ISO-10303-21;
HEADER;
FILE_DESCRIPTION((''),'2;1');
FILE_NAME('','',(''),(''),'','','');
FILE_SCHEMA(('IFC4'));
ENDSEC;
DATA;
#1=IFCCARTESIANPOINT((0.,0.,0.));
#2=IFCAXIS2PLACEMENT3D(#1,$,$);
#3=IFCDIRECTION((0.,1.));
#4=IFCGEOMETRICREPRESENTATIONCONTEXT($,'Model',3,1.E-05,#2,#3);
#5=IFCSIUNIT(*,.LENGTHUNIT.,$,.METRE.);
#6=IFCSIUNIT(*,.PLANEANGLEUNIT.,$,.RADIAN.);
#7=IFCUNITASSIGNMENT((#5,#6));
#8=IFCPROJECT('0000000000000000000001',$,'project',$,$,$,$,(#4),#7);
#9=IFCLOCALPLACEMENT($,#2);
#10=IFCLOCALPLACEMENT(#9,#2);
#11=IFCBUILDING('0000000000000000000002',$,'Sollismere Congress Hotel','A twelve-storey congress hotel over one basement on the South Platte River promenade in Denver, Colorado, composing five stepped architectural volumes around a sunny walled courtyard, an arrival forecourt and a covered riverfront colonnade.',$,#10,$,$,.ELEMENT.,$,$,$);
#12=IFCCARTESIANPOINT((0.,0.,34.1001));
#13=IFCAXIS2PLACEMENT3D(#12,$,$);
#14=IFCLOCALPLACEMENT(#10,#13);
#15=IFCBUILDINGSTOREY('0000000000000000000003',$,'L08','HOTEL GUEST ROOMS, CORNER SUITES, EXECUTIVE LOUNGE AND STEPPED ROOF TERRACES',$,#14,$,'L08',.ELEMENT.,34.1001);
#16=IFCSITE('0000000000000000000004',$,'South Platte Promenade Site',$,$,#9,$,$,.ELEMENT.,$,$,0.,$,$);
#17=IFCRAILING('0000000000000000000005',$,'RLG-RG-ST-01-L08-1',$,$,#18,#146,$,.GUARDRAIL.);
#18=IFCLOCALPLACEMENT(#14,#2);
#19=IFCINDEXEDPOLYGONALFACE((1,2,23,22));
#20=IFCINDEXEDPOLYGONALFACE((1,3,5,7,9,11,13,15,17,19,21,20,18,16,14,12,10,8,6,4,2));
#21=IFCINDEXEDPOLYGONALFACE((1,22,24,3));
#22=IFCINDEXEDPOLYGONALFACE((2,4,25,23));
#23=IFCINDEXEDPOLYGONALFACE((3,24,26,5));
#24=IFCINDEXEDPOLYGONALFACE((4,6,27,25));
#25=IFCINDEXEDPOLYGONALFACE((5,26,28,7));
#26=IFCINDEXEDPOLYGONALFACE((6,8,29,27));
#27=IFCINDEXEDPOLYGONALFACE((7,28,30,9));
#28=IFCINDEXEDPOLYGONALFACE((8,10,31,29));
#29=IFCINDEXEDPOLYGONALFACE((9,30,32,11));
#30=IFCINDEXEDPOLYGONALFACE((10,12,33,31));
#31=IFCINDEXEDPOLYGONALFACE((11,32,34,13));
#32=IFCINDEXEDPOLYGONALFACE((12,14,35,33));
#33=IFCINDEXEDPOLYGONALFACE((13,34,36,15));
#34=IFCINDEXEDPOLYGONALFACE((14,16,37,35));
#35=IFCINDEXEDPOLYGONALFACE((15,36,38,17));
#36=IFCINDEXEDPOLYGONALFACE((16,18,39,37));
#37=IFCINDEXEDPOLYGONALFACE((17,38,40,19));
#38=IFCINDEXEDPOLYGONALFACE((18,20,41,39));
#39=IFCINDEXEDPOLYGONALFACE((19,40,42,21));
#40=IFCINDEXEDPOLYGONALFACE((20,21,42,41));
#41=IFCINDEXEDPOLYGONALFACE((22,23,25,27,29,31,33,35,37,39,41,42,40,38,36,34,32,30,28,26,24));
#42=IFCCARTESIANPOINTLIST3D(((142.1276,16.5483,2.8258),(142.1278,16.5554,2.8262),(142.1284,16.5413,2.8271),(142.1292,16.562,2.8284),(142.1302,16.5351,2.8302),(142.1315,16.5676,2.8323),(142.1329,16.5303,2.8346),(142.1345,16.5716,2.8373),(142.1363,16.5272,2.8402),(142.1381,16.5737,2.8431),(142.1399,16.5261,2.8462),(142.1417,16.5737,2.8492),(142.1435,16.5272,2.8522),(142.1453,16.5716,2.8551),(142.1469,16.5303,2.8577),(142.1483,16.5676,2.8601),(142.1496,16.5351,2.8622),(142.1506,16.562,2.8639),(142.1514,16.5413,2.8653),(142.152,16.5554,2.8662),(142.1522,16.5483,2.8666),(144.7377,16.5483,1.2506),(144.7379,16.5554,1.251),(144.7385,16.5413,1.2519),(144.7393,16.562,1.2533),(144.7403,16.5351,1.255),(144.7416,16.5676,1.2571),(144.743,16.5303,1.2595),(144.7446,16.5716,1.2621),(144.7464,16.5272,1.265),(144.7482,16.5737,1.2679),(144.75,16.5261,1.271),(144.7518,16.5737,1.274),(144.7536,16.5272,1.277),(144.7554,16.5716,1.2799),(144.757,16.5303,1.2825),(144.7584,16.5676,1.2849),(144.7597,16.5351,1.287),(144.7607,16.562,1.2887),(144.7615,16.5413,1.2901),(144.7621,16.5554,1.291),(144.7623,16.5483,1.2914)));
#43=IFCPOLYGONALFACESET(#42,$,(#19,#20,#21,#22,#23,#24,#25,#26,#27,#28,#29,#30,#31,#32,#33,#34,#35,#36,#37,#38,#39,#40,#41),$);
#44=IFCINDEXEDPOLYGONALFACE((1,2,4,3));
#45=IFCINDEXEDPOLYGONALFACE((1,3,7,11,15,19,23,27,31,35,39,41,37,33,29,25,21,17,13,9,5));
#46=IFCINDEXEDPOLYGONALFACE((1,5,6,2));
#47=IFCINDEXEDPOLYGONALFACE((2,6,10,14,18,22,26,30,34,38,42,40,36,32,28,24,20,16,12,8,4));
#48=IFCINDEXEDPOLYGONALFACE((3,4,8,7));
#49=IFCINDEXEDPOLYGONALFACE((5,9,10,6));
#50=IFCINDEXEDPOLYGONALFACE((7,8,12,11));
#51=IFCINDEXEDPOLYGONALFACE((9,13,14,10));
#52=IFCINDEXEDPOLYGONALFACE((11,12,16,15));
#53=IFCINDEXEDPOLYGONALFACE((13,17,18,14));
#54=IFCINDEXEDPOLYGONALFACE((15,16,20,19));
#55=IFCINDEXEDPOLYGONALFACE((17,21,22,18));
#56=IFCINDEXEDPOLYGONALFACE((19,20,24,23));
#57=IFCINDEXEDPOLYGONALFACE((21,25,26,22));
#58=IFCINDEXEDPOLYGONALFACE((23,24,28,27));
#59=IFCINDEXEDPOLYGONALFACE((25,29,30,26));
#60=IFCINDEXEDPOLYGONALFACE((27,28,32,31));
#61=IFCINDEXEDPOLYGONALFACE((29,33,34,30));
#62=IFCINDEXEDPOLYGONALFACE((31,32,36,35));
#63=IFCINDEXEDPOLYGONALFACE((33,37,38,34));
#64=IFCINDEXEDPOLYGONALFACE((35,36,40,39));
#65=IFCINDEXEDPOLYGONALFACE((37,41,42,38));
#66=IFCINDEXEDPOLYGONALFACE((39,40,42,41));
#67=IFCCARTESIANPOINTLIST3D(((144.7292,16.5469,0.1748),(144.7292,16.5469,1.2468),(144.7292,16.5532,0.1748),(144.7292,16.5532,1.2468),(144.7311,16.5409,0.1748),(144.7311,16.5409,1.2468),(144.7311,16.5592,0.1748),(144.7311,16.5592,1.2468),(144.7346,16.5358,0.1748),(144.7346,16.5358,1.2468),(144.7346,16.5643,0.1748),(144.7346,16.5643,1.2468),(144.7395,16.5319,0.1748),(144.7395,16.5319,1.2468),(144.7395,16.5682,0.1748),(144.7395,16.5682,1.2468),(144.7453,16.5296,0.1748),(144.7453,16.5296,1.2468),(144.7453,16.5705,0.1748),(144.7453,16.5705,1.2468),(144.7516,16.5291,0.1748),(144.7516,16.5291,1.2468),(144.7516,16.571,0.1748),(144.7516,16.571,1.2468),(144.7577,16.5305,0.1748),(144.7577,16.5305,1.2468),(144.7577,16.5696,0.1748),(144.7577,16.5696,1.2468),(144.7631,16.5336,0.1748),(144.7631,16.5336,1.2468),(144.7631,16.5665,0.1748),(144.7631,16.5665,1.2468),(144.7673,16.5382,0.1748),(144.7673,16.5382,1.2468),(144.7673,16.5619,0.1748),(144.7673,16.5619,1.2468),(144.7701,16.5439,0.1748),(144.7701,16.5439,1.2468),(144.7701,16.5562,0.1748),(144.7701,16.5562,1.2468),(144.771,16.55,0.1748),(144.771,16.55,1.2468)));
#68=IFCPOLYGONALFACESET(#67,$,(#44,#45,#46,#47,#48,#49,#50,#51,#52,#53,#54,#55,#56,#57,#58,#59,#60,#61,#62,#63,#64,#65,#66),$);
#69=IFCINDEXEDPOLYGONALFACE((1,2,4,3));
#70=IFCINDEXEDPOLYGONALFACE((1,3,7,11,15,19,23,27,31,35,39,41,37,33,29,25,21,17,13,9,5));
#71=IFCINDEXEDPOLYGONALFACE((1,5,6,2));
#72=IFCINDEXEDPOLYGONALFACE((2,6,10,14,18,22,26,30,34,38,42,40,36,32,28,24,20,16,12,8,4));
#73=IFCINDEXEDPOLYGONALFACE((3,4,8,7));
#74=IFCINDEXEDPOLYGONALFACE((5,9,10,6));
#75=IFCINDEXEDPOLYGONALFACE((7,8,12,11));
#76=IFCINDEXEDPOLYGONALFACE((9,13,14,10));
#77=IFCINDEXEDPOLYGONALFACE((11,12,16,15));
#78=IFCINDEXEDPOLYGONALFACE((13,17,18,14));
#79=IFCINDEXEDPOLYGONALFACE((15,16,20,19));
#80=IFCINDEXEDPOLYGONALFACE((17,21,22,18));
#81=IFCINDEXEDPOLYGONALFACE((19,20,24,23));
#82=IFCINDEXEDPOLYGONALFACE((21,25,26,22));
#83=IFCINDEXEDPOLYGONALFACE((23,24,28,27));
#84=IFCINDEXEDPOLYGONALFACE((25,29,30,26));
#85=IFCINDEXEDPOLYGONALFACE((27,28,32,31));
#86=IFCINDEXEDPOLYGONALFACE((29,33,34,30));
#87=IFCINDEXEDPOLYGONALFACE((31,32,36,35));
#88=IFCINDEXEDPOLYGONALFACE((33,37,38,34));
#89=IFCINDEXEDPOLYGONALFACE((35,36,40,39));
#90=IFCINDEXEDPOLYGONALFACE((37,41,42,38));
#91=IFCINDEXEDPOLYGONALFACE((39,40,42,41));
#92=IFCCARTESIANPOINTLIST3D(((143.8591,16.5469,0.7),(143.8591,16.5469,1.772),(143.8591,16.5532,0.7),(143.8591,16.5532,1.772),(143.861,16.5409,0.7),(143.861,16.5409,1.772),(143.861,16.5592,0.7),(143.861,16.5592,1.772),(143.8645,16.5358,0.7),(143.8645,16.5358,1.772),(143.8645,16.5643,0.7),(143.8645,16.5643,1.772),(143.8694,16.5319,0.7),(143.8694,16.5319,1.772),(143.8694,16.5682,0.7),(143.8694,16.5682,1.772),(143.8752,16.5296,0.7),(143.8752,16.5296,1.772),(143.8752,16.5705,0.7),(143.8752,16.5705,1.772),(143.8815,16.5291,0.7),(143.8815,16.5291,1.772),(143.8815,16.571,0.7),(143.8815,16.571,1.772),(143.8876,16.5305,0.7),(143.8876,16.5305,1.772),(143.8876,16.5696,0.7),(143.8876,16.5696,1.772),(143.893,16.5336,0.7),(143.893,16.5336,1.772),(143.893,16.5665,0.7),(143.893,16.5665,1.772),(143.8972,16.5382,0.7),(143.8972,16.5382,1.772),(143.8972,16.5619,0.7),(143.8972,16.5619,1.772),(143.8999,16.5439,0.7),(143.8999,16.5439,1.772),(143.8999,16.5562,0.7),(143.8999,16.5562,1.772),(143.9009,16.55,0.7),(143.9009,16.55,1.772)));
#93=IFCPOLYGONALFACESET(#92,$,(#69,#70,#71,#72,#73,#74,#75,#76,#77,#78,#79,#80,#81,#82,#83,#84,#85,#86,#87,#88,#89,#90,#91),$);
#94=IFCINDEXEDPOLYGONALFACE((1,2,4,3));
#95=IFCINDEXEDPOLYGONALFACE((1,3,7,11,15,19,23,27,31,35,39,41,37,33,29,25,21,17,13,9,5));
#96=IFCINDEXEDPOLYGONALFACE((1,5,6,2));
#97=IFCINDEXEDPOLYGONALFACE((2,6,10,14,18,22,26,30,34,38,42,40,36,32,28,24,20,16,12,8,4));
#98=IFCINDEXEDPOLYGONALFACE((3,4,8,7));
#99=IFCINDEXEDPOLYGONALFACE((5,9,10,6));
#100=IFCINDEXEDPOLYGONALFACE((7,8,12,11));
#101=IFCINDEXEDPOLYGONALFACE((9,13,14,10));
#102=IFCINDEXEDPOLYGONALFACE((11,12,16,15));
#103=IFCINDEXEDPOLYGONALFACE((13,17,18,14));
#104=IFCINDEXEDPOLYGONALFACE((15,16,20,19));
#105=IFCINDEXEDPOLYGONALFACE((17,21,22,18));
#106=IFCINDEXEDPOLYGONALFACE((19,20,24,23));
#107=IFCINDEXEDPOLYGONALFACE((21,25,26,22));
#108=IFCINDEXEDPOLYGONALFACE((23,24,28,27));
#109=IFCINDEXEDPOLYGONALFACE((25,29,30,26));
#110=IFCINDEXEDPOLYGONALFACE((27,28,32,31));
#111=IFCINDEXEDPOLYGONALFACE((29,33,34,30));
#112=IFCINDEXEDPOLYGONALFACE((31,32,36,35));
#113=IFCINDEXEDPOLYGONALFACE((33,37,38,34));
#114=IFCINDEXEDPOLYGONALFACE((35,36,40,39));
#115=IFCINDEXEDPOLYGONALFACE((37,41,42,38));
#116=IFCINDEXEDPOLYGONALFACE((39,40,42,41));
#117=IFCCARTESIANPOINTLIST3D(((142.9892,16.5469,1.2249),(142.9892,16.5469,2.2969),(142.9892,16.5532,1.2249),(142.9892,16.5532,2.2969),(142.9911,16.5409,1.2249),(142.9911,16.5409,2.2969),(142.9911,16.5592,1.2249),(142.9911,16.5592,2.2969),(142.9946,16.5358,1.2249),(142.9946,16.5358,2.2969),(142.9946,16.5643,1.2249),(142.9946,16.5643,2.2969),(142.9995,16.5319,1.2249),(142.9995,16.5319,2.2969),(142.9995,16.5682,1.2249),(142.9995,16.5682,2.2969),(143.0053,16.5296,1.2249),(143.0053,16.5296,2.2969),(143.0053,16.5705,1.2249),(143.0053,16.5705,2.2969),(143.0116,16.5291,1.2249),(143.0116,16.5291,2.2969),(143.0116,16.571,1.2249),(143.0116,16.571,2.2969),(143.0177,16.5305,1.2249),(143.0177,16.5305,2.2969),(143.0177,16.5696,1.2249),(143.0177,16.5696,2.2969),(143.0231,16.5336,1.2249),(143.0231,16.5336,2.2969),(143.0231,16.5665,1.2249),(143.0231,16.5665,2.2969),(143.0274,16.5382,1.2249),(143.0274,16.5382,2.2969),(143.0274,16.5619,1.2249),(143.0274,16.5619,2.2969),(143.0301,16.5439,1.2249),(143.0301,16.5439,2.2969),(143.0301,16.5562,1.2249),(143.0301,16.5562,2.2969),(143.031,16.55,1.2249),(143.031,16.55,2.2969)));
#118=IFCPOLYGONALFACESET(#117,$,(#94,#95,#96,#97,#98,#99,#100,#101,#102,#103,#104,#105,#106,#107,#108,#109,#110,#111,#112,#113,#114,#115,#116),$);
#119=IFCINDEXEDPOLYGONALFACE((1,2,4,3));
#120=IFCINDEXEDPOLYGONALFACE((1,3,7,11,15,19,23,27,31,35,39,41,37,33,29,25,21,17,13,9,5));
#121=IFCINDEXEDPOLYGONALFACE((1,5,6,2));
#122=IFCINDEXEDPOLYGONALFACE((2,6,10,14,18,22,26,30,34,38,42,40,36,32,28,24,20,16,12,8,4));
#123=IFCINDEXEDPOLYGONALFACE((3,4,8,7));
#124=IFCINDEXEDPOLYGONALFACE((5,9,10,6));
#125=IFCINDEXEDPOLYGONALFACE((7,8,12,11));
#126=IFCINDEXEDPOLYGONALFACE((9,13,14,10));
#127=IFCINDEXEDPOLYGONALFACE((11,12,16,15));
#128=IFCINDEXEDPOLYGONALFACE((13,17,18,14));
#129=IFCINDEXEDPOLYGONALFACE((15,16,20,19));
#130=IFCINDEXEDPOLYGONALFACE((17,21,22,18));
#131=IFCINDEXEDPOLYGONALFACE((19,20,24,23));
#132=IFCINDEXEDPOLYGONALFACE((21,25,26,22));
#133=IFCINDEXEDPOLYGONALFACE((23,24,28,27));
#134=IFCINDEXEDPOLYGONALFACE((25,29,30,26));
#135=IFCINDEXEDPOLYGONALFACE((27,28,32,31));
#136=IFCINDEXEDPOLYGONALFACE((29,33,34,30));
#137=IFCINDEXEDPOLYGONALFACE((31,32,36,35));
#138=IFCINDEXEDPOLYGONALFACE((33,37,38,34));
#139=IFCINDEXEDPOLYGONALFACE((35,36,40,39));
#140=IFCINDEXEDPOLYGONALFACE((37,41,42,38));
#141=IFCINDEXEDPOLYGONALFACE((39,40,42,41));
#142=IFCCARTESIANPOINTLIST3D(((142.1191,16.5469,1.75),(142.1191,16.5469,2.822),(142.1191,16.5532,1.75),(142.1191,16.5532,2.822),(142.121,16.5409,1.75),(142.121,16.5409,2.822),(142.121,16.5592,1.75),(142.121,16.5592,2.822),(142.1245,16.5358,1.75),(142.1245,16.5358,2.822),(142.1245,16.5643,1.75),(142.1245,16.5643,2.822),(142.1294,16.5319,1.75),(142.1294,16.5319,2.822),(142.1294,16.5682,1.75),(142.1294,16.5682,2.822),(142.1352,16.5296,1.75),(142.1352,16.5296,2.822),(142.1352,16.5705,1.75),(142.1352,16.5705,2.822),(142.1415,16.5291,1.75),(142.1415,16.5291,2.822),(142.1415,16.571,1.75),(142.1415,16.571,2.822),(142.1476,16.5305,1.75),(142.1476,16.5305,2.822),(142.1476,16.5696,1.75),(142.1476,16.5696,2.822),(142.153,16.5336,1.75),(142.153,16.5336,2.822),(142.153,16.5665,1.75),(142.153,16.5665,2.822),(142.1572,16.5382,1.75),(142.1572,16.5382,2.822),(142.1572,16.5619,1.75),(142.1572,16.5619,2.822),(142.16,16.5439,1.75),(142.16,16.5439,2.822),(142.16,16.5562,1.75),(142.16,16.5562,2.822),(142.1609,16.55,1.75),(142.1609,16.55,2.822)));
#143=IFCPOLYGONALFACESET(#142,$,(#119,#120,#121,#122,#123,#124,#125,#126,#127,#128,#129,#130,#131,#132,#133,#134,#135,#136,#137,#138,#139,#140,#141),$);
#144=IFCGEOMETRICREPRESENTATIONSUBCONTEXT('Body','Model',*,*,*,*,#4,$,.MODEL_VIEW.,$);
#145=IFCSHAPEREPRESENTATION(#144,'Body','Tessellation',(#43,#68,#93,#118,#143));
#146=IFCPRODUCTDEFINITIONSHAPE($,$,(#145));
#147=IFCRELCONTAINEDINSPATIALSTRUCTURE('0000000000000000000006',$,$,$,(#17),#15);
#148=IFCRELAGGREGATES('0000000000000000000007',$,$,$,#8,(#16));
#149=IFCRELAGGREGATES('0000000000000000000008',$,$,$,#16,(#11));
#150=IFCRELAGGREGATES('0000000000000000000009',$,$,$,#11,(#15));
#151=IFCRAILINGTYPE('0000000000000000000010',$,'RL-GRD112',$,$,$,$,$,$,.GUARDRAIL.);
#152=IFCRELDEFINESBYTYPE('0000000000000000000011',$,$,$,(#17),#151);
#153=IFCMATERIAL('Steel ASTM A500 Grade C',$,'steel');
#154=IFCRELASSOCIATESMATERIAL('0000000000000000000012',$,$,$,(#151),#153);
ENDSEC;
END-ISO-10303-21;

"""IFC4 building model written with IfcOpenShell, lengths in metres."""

from ifc_helpers import new_model, si_unit, direction, frame, origin, origin_2d, place, context, subcontext, project, spatial, circle, extrude, material, type_object, element, save


model = new_model("IFC4")

# Units and contexts
model_context = context("Model", 3, precision=1e-05, world=origin(), true_north=direction((0.0, 1.0)))
body_context = subcontext(model_context, "Body", "Model", "MODEL_VIEW")
ifc_project = project(units=[si_unit("LENGTHUNIT", "METRE"), si_unit("PLANEANGLEUNIT", "RADIAN")], contexts=[model_context])

# Site, building, storey
site_placement = place(None, origin())
site = spatial("IfcSite", under=ifc_project, at=site_placement, Name="South Platte Promenade Site", CompositionType="ELEMENT", RefElevation=0.0)
building_placement = place(site_placement, origin())
building = spatial("IfcBuilding", under=site, at=building_placement, Name="Sollismere Congress Hotel", Description="A twelve-storey congress hotel over one basement on the South Platte River promenade in Denver, Colorado, composing five stepped architectural volumes around a sunny walled courtyard, an arrival forecourt and a covered riverfront colonnade.", CompositionType="ELEMENT")
storey_placement = place(building_placement, frame((0.0, 0.0, 34.1001)))
storey = spatial("IfcBuildingStorey", under=building, at=storey_placement, Name="L08", Description="HOTEL GUEST ROOMS, CORNER SUITES, EXECUTIVE LOUNGE AND STEPPED ROOF TERRACES", LongName="L08", CompositionType="ELEMENT", Elevation=34.1001)

# Railing
ifc_material_1 = material(Name="Steel ASTM A500 Grade C", Category="steel")
railing_type_1 = type_object("IfcRailingType", Name="RL-GRD112", PredefinedType="GUARDRAIL", material=ifc_material_1)
railing_1_placement = place(storey_placement, frame((144.75, 16.55, 0.1748)))
element("IfcRailing", 1, at=railing_1_placement, inside=storey, type_object=railing_type_1, Name="RLG-RG-ST-01-L08-1", PredefinedType="GUARDRAIL", context=body_context, shape_type="SweptSolid", body=[
    extrude(circle(Radius=0.0239, at=origin_2d()), frame((0.0, 0.0, 1.0962), z_axis=(-0.856169, 0.0, 0.516696), x_axis=(0.0, -1.0, 0.0)), (0.0, 0.0, 1.0), 3.0486),
    extrude(circle(Radius=0.021, at=origin_2d()), origin(), (0.0, 0.0, 1.0), 1.072),
    extrude(circle(Radius=0.021, at=origin_2d()), frame((-0.8701, 0.0, 0.5251)), (0.0, 0.0, 1.0), 1.072),
    extrude(circle(Radius=0.021, at=origin_2d()), frame((-1.74, 0.0, 1.05)), (0.0, 0.0, 1.0), 1.072),
    extrude(circle(Radius=0.021, at=origin_2d()), frame((-2.6101, 0.0, 1.5752)), (0.0, 0.0, 1.0), 1.072),
])

save(model, "model.ifc")
